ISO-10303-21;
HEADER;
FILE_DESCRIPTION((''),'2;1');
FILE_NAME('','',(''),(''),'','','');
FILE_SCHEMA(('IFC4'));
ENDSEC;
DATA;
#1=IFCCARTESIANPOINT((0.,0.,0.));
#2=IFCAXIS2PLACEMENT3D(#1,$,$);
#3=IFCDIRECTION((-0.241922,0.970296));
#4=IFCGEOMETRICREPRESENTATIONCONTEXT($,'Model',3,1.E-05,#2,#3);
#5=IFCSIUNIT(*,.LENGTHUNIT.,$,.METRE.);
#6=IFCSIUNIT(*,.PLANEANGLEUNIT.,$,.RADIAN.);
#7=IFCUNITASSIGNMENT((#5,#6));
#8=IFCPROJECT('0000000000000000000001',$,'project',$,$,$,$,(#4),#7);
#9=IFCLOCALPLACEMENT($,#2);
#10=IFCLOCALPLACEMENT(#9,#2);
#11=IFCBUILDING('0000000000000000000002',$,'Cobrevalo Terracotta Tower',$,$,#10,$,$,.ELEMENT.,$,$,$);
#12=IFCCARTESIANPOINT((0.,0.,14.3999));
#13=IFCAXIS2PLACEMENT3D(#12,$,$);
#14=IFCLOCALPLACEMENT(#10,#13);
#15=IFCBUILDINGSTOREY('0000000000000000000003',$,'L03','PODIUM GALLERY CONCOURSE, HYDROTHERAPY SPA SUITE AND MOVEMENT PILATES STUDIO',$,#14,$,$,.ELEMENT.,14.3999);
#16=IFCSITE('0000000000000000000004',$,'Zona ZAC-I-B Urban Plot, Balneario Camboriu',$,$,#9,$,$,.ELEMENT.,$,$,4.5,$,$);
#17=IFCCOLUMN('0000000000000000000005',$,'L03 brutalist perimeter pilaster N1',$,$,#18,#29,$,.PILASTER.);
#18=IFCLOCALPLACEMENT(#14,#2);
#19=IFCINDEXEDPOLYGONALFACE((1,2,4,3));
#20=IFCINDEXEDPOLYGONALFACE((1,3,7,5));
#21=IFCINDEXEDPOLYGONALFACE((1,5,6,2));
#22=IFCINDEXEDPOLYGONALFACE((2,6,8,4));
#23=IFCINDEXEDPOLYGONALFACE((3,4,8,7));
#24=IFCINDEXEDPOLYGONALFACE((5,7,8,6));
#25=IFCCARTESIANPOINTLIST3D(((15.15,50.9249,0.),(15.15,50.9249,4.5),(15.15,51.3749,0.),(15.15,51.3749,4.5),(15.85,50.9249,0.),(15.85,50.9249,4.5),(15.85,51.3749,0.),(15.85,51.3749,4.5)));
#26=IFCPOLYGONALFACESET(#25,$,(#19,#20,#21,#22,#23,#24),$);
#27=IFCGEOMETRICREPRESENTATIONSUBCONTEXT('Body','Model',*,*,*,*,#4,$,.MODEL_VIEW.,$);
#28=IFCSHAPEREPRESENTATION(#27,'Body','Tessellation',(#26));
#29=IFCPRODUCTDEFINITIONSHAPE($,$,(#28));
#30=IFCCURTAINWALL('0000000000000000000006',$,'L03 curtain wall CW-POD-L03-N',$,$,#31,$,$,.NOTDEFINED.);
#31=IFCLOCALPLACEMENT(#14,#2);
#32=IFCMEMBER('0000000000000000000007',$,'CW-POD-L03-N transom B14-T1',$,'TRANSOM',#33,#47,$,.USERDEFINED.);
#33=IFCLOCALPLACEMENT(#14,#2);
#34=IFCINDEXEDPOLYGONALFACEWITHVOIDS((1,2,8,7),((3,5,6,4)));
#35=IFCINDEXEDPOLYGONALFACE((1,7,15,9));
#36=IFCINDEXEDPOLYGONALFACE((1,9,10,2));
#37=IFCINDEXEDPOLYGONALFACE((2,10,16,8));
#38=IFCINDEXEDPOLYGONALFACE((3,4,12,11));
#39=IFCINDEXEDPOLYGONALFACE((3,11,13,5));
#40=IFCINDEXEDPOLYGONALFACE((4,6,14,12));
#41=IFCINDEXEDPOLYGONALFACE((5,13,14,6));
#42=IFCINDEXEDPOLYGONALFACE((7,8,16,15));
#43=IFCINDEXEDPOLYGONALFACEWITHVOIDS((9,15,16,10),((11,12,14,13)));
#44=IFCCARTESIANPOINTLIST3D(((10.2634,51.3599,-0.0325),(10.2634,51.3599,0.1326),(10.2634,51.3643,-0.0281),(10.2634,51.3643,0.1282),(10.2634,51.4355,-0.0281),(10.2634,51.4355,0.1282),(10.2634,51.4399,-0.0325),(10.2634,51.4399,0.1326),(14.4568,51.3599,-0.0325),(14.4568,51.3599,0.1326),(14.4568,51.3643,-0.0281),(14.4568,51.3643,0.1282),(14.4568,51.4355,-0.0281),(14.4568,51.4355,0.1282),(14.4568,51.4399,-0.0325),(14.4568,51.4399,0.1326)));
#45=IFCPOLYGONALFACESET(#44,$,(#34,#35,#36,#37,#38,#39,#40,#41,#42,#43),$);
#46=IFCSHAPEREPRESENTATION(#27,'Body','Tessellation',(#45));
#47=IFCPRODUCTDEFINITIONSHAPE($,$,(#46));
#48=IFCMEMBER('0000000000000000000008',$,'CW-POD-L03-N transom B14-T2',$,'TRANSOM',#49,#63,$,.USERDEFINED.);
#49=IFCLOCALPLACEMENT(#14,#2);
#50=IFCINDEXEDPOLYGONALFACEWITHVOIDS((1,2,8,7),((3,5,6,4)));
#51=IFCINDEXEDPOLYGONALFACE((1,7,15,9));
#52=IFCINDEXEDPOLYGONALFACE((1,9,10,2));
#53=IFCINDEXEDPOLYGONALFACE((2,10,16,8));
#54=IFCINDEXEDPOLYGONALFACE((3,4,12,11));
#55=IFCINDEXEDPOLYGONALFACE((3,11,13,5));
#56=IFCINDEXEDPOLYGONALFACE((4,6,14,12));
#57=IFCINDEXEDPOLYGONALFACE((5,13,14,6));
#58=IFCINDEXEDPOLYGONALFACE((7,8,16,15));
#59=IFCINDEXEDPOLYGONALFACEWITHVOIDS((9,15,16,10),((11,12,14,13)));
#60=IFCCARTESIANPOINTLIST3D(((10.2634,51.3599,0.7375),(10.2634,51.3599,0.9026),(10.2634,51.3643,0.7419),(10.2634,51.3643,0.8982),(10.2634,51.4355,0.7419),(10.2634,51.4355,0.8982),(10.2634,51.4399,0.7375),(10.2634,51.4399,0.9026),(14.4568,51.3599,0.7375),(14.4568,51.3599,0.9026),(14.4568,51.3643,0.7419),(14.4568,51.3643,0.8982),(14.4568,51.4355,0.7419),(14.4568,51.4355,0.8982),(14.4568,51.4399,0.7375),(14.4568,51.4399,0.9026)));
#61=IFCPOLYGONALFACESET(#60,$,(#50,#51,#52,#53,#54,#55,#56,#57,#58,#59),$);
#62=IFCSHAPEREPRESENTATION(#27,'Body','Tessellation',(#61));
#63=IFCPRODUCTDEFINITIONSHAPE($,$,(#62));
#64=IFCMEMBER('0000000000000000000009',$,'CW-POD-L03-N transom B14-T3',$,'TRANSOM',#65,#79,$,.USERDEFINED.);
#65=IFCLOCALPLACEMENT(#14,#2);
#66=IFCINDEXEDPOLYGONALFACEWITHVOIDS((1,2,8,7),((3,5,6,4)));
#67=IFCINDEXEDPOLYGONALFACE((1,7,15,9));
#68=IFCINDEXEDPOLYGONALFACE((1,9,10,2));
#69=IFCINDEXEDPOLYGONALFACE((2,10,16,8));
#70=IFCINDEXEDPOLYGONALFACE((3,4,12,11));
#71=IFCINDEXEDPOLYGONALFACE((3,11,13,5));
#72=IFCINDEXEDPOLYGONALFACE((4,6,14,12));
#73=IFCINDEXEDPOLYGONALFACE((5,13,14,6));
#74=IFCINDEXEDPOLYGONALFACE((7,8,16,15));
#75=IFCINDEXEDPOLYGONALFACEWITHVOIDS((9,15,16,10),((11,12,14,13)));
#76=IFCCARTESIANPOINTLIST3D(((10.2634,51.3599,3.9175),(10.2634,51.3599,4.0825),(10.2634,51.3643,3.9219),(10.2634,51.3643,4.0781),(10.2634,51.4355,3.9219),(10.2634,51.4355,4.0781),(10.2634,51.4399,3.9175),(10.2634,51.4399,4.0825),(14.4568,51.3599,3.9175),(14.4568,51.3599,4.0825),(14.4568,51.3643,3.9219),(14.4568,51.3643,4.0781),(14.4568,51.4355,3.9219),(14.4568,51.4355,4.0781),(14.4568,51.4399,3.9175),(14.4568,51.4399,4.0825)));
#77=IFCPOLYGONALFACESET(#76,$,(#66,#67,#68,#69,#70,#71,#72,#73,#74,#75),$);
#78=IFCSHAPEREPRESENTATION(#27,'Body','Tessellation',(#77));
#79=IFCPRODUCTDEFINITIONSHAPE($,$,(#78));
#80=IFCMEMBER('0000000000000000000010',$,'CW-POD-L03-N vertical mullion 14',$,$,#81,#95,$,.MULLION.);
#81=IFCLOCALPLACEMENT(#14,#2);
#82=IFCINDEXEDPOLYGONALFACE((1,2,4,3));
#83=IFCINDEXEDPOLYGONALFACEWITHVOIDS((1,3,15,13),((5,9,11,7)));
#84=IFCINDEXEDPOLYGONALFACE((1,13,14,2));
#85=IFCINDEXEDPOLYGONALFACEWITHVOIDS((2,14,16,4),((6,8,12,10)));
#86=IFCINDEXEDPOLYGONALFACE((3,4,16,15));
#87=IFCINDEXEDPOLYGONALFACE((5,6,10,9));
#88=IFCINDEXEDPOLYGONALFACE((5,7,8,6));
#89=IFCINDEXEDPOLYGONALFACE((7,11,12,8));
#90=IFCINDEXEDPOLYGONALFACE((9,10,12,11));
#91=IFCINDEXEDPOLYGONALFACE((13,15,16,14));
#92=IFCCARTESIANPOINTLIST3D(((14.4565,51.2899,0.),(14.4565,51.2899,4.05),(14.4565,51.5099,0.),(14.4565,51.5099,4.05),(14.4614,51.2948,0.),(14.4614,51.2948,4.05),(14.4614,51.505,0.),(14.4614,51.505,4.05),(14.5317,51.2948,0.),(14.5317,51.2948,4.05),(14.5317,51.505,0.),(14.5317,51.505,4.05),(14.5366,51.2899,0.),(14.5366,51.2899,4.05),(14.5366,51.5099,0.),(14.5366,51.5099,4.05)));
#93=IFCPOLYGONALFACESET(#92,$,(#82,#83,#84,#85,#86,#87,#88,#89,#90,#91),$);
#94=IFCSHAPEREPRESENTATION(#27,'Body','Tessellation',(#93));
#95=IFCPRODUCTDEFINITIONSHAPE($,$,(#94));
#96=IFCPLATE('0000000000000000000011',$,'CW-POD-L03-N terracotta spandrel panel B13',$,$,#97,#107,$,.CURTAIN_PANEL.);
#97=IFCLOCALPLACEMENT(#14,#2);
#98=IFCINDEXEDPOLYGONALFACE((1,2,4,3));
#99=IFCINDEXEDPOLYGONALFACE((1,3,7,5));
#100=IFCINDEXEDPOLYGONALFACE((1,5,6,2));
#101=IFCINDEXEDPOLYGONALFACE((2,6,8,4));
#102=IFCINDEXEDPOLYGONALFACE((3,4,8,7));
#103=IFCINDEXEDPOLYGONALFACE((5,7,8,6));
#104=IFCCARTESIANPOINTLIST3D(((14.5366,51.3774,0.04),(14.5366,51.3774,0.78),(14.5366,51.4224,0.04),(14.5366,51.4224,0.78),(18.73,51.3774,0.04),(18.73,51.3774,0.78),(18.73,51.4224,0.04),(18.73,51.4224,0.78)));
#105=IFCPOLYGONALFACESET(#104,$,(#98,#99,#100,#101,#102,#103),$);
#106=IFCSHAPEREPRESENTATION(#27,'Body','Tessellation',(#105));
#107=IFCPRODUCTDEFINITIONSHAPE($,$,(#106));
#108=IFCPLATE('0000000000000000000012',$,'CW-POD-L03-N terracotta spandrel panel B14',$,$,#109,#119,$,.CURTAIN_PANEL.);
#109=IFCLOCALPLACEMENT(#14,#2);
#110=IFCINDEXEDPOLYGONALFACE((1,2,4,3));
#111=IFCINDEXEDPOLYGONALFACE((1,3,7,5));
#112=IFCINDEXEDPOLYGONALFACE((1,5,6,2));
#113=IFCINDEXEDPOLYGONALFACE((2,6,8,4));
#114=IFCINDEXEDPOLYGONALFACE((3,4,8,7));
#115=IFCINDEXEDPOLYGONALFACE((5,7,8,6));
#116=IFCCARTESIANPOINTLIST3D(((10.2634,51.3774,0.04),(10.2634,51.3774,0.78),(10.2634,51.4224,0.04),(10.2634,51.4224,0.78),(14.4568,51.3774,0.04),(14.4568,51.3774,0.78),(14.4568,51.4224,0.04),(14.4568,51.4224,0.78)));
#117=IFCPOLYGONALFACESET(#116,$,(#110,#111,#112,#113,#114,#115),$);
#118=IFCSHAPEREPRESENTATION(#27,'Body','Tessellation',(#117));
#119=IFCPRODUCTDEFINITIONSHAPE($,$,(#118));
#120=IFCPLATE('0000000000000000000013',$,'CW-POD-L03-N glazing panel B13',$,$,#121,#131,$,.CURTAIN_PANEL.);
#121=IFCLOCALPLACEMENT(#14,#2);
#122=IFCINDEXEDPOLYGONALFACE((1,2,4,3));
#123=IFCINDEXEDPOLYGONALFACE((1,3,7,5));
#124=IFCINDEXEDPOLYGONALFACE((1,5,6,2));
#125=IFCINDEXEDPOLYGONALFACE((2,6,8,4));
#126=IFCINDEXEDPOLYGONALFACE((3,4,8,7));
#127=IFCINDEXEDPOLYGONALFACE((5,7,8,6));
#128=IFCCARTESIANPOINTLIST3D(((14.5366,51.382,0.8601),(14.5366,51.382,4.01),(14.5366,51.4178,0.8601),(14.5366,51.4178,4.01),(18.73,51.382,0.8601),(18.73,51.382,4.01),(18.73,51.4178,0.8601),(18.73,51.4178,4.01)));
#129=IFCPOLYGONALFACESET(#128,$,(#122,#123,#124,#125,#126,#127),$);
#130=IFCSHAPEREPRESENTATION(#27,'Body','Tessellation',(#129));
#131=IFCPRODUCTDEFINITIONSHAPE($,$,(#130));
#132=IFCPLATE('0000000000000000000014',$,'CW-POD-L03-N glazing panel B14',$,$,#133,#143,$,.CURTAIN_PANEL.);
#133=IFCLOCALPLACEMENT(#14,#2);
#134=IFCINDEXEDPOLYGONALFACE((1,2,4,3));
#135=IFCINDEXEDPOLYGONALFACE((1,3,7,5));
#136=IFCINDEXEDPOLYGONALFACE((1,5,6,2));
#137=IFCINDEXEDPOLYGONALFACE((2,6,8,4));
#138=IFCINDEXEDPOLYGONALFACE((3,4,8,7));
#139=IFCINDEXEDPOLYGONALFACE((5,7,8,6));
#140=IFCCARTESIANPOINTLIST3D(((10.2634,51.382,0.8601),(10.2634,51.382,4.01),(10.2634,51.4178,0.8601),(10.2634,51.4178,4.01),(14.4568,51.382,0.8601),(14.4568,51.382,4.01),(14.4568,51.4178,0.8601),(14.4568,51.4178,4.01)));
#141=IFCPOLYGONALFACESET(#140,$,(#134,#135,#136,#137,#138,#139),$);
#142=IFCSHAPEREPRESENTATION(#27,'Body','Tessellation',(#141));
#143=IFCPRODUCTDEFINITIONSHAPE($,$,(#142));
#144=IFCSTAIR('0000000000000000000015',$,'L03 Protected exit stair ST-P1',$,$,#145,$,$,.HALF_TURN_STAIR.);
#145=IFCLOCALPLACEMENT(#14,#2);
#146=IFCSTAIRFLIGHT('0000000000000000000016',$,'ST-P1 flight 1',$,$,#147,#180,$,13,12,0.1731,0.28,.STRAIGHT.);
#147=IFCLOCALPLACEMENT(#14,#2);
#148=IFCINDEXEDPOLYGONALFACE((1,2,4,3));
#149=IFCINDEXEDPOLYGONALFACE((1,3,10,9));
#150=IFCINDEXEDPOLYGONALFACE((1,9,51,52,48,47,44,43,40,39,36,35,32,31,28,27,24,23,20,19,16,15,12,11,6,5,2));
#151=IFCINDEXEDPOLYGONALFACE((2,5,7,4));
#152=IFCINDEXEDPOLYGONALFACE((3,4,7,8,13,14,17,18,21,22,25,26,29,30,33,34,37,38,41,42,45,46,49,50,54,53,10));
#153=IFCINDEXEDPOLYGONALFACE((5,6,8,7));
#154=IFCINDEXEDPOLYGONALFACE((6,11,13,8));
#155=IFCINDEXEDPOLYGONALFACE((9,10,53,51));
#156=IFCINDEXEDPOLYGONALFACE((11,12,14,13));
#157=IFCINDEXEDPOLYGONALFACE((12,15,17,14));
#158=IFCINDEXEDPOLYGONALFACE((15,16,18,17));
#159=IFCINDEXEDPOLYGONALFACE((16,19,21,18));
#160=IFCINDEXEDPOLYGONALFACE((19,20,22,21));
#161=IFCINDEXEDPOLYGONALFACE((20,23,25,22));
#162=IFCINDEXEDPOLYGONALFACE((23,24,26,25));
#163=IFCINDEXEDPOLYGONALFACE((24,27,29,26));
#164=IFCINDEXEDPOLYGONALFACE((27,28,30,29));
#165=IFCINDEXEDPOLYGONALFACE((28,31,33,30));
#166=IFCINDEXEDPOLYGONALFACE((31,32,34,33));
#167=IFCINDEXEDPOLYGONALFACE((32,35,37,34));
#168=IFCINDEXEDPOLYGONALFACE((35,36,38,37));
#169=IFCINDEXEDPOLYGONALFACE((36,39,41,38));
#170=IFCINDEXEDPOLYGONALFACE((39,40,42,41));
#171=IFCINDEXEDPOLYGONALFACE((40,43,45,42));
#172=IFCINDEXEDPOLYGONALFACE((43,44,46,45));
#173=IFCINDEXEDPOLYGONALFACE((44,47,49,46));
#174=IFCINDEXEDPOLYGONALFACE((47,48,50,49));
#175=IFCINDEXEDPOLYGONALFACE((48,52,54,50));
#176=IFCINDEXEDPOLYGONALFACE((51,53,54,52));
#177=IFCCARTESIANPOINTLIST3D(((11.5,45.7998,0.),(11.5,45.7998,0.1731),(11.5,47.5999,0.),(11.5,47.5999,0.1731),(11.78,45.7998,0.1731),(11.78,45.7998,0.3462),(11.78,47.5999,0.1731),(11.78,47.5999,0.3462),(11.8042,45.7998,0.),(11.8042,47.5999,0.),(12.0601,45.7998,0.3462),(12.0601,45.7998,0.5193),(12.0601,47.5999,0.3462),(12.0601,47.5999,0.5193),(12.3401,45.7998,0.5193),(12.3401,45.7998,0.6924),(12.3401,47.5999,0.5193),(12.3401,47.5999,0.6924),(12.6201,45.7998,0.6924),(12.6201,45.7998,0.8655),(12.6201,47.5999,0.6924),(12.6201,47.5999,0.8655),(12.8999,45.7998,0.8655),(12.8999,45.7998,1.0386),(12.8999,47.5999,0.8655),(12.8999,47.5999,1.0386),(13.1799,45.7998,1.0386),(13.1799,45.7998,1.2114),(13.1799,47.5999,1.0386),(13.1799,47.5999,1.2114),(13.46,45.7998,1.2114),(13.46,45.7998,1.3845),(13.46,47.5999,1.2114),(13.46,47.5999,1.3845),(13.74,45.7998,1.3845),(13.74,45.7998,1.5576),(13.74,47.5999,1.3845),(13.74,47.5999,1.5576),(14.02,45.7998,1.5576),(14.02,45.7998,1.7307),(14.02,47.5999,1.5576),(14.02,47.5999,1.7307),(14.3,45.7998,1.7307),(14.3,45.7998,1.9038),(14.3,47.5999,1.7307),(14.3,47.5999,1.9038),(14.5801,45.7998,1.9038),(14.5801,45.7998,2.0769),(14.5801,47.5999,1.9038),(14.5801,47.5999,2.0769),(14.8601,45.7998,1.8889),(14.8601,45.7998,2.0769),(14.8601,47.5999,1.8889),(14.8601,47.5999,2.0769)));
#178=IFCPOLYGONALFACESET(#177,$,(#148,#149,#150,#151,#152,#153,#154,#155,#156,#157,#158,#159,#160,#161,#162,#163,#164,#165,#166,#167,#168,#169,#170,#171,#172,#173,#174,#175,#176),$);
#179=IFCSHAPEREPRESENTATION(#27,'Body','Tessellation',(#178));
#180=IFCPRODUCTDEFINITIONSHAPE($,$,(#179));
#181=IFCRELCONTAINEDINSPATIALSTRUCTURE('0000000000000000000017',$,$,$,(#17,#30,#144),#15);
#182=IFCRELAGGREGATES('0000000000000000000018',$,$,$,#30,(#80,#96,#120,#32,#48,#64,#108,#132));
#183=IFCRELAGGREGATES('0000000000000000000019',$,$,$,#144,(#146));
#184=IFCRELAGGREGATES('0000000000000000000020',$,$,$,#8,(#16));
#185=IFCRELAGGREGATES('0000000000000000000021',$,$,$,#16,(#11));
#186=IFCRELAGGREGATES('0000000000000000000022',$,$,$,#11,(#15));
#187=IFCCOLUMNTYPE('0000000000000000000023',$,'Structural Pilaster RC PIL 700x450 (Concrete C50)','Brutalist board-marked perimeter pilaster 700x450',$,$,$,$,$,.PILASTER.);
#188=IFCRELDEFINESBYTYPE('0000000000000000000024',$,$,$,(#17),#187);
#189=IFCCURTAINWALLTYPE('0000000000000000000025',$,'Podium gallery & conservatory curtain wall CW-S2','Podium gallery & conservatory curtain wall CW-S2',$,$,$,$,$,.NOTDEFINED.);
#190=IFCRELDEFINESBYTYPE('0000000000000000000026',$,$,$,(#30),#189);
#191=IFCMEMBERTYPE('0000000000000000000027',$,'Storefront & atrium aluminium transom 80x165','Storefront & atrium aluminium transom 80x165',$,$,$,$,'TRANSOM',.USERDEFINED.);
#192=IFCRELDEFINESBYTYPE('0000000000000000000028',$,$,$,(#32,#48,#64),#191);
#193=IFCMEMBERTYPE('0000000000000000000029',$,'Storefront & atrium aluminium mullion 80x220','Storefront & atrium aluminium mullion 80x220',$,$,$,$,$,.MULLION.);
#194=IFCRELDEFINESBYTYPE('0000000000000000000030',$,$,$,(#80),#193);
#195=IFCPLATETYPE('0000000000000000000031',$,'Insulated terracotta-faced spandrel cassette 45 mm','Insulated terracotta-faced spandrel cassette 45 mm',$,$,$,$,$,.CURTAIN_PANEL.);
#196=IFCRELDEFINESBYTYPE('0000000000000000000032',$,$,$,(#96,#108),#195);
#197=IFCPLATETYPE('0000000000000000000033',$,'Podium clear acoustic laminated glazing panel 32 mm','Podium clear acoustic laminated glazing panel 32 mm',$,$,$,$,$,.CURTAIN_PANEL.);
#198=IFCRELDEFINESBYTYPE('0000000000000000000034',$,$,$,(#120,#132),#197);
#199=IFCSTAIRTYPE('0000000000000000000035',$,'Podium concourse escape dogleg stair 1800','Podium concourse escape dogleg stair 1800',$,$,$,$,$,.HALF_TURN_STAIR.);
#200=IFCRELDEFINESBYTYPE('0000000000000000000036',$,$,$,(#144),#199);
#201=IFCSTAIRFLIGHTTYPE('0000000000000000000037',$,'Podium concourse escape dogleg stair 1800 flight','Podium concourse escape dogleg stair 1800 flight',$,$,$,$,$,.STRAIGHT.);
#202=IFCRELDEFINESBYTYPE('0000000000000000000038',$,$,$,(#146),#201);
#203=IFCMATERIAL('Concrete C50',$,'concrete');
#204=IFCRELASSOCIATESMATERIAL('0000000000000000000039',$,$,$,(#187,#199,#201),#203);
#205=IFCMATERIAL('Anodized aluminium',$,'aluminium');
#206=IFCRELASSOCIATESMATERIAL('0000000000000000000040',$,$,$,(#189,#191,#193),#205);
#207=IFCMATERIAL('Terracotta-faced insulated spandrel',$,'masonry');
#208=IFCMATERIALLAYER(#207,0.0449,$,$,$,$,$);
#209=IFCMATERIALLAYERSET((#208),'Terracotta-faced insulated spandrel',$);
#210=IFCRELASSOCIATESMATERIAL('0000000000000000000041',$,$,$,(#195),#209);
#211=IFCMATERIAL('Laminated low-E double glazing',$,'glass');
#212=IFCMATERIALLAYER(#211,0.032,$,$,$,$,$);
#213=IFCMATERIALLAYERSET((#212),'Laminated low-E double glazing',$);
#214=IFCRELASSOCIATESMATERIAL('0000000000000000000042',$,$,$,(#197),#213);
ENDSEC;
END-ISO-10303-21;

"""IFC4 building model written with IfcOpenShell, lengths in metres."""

from ifc_helpers import new_model, si_unit, direction, frame, origin, origin_2d, place, context, subcontext, project, spatial, polyline, rectangle, hollow_rectangle, outline, extrude, source, transform, mapped, material, layer, layer_set, material_profile, profile_set, type_object, element, aggregate, save


model = new_model("IFC4")

# Units and contexts
model_context = context("Model", 3, precision=1e-05, world=origin(), true_north=direction((-0.241922, 0.970296)))
body_context = subcontext(model_context, "Body", "Model", "MODEL_VIEW")
ifc_project = project(units=[si_unit("LENGTHUNIT", "METRE"), si_unit("PLANEANGLEUNIT", "RADIAN")], contexts=[model_context])

# Site, building, storey
site_placement = place(None, origin())
site = spatial("IfcSite", under=ifc_project, at=site_placement, Name="Zona ZAC-I-B Urban Plot, Balneario Camboriu", CompositionType="ELEMENT", RefElevation=4.5)
building_placement = place(site_placement, origin())
building = spatial("IfcBuilding", under=site, at=building_placement, Name="Cobrevalo Terracotta Tower", CompositionType="ELEMENT")
storey_placement = place(building_placement, frame((0.0, 0.0, 14.3999)))
storey = spatial("IfcBuildingStorey", under=building, at=storey_placement, Name="L03", Description="PODIUM GALLERY CONCOURSE, HYDROTHERAPY SPA SUITE AND MOVEMENT PILATES STUDIO", CompositionType="ELEMENT", Elevation=14.3999)

# Column
ifc_material_1 = material(Name="Concrete C50", Category="concrete")
ifc_material_profile_1 = material_profile(ifc_material_1, rectangle(XDim=0.7, YDim=0.45, at=origin_2d()), Name="RC PIL 700x450")
ifc_profile_set_1 = profile_set([ifc_material_profile_1], Name="Concrete C50")
column_type = type_object("IfcColumnType", Name="Structural Pilaster RC PIL 700x450 (Concrete C50)", Description="Brutalist board-marked perimeter pilaster 700x450", PredefinedType="PILASTER", material=ifc_profile_set_1)
column_placement = place(storey_placement, frame((15.5, 51.1499, 0.0), z_axis=(0.0, 0.0, 1.0), x_axis=(1.0, 0.0, 0.0)))
element("IfcColumn", 1, at=column_placement, inside=storey, type_object=column_type, Name="L03 brutalist perimeter pilaster N1", PredefinedType="PILASTER", context=body_context, shape_type="SweptSolid", body=[
    extrude(rectangle(XDim=0.7, YDim=0.45, at=origin_2d()), origin(), (0.0, 0.0, 1.0), 4.5),
])

# Curtain wall, members, plates
ifc_material_2 = material(Name="Anodized aluminium", Category="aluminium")
curtain_wall_type = type_object("IfcCurtainWallType", Name="Podium gallery & conservatory curtain wall CW-S2", Description="Podium gallery & conservatory curtain wall CW-S2", PredefinedType="NOTDEFINED", material=ifc_material_2)
curtain_wall_placement = place(storey_placement, origin())
curtain_wall = element("IfcCurtainWall", 2, at=curtain_wall_placement, inside=storey, type_object=curtain_wall_type, Name="L03 curtain wall CW-POD-L03-N", PredefinedType="NOTDEFINED")
ifc_material_profile_2 = material_profile(ifc_material_2, hollow_rectangle(XDim=0.0801, YDim=0.165, WallThickness=0.0044, at=origin_2d()), Name="CWT 80x165")
ifc_profile_set_2 = profile_set([ifc_material_profile_2], Name="Anodized aluminium")
member_type_1 = type_object("IfcMemberType", Name="Storefront & atrium aluminium transom 80x165", Description="Storefront & atrium aluminium transom 80x165", ElementType="TRANSOM", PredefinedType="USERDEFINED", material=ifc_profile_set_2)
shared_shape_1 = source(origin(), body_context, "Body", "SweptSolid", [
    extrude(hollow_rectangle(XDim=0.0801, YDim=0.165, WallThickness=0.0044, at=origin_2d()), origin(), (0.0, 0.0, 1.0), 4.1934),
])
member_1_placement = place(storey_placement, frame((14.4568, 51.3999, 0.05), z_axis=(-1.0, 0.0, 0.0), x_axis=(0.0, -1.0, 0.0)))
member_1 = element("IfcMember", 3, at=member_1_placement, type_object=member_type_1, Name="CW-POD-L03-N transom B14-T1", ObjectType="TRANSOM", PredefinedType="USERDEFINED", context=body_context, shape_type="MappedRepresentation", body=[
    mapped(shared_shape_1, transform((0.0, 0.0, 0.0), scale=1.0)),
])
member_2_placement = place(storey_placement, frame((14.4568, 51.3999, 0.8201), z_axis=(-1.0, 0.0, 0.0), x_axis=(0.0, -1.0, 0.0)))
member_2 = element("IfcMember", 4, at=member_2_placement, type_object=member_type_1, Name="CW-POD-L03-N transom B14-T2", ObjectType="TRANSOM", PredefinedType="USERDEFINED", context=body_context, shape_type="MappedRepresentation", body=[
    mapped(shared_shape_1, transform((0.0, 0.0, 0.0), scale=1.0)),
])
member_3_placement = place(storey_placement, frame((14.4568, 51.3999, 4.0), z_axis=(-1.0, 0.0, 0.0), x_axis=(0.0, -1.0, 0.0)))
member_3 = element("IfcMember", 5, at=member_3_placement, type_object=member_type_1, Name="CW-POD-L03-N transom B14-T3", ObjectType="TRANSOM", PredefinedType="USERDEFINED", context=body_context, shape_type="MappedRepresentation", body=[
    mapped(shared_shape_1, transform((0.0, 0.0, 0.0), scale=1.0)),
])
ifc_material_profile_3 = material_profile(ifc_material_2, hollow_rectangle(XDim=0.0801, YDim=0.22, WallThickness=0.0049, at=origin_2d()), Name="CWM 80x220")
ifc_profile_set_3 = profile_set([ifc_material_profile_3], Name="Anodized aluminium")
member_type_2 = type_object("IfcMemberType", Name="Storefront & atrium aluminium mullion 80x220", Description="Storefront & atrium aluminium mullion 80x220", PredefinedType="MULLION", material=ifc_profile_set_3)
shared_shape_2 = source(origin(), body_context, "Body", "SweptSolid", [
    extrude(hollow_rectangle(XDim=0.0801, YDim=0.22, WallThickness=0.0049, at=origin_2d()), origin(), (0.0, 0.0, 1.0), 4.05),
])
member_4_placement = place(storey_placement, frame((14.4966, 51.3999, 0.0), z_axis=(0.0, 0.0, 1.0), x_axis=(-1.0, 0.0, 0.0)))
member_4 = element("IfcMember", 6, at=member_4_placement, type_object=member_type_2, Name="CW-POD-L03-N vertical mullion 14", PredefinedType="MULLION", context=body_context, shape_type="MappedRepresentation", body=[
    mapped(shared_shape_2, transform((0.0, 0.0, 0.0), scale=1.0)),
])
ifc_material_3 = material(Name="Terracotta-faced insulated spandrel", Category="masonry")
ifc_layer_1 = layer(ifc_material_3, 0.0449)
ifc_layer_set_1 = layer_set([ifc_layer_1], Name="Terracotta-faced insulated spandrel")
plate_type_1 = type_object("IfcPlateType", Name="Insulated terracotta-faced spandrel cassette 45 mm", Description="Insulated terracotta-faced spandrel cassette 45 mm", PredefinedType="CURTAIN_PANEL", material=ifc_layer_set_1)
shared_shape_3 = source(origin(), body_context, "Body", "SweptSolid", [
    extrude(rectangle(XDim=4.1934, YDim=0.0449, at=origin_2d()), origin(), (0.0, 0.0, 1.0), 0.74),
])
plate_1_placement = place(storey_placement, frame((16.6333, 51.3999, 0.04), z_axis=(0.0, 0.0, 1.0), x_axis=(-1.0, 0.0, 0.0)))
plate_1 = element("IfcPlate", 7, at=plate_1_placement, type_object=plate_type_1, Name="CW-POD-L03-N terracotta spandrel panel B13", PredefinedType="CURTAIN_PANEL", context=body_context, shape_type="MappedRepresentation", body=[
    mapped(shared_shape_3, transform((0.0, 0.0, 0.0), scale=1.0)),
])
plate_2_placement = place(storey_placement, frame((12.3601, 51.3999, 0.04), z_axis=(0.0, 0.0, 1.0), x_axis=(-1.0, 0.0, 0.0)))
plate_2 = element("IfcPlate", 8, at=plate_2_placement, type_object=plate_type_1, Name="CW-POD-L03-N terracotta spandrel panel B14", PredefinedType="CURTAIN_PANEL", context=body_context, shape_type="MappedRepresentation", body=[
    mapped(shared_shape_3, transform((0.0, 0.0, 0.0), scale=1.0)),
])
ifc_material_4 = material(Name="Laminated low-E double glazing", Category="glass")
ifc_layer_2 = layer(ifc_material_4, 0.032)
ifc_layer_set_2 = layer_set([ifc_layer_2], Name="Laminated low-E double glazing")
plate_type_2 = type_object("IfcPlateType", Name="Podium clear acoustic laminated glazing panel 32 mm", Description="Podium clear acoustic laminated glazing panel 32 mm", PredefinedType="CURTAIN_PANEL", material=ifc_layer_set_2)
shared_shape_4 = source(origin(), body_context, "Body", "SweptSolid", [
    extrude(rectangle(XDim=4.1934, YDim=0.0359, at=origin_2d()), origin(), (0.0, 0.0, 1.0), 3.1499),
])
plate_3_placement = place(storey_placement, frame((16.6333, 51.3999, 0.8601), z_axis=(0.0, 0.0, 1.0), x_axis=(-1.0, 0.0, 0.0)))
plate_3 = element("IfcPlate", 9, at=plate_3_placement, type_object=plate_type_2, Name="CW-POD-L03-N glazing panel B13", PredefinedType="CURTAIN_PANEL", context=body_context, shape_type="MappedRepresentation", body=[
    mapped(shared_shape_4, transform((0.0, 0.0, 0.0), scale=1.0)),
])
plate_4_placement = place(storey_placement, frame((12.3601, 51.3999, 0.8601), z_axis=(0.0, 0.0, 1.0), x_axis=(-1.0, 0.0, 0.0)))
plate_4 = element("IfcPlate", 10, at=plate_4_placement, type_object=plate_type_2, Name="CW-POD-L03-N glazing panel B14", PredefinedType="CURTAIN_PANEL", context=body_context, shape_type="MappedRepresentation", body=[
    mapped(shared_shape_4, transform((0.0, 0.0, 0.0), scale=1.0)),
])
aggregate(curtain_wall, [member_4, plate_1, plate_3, member_1, member_2, member_3, plate_2, plate_4])

# Stair, stair flight
stair_type = type_object("IfcStairType", Name="Podium concourse escape dogleg stair 1800", Description="Podium concourse escape dogleg stair 1800", PredefinedType="HALF_TURN_STAIR", material=ifc_material_1)
stair_placement = place(storey_placement, origin())
stair = element("IfcStair", 11, at=stair_placement, inside=storey, type_object=stair_type, Name="L03 Protected exit stair ST-P1", PredefinedType="HALF_TURN_STAIR")
stair_flight_type = type_object("IfcStairFlightType", Name="Podium concourse escape dogleg stair 1800 flight", Description="Podium concourse escape dogleg stair 1800 flight", PredefinedType="STRAIGHT", material=ifc_material_1)
stair_flight_1_placement = place(storey_placement, frame((11.5, 46.7, 0.0), z_axis=(0.0, 0.0, 1.0), x_axis=(1.0, 0.0, 0.0)))
stair_flight_1 = element("IfcStairFlight", 12, at=stair_flight_1_placement, type_object=stair_flight_type, Name="ST-P1 flight 1", NumberOfRisers=13, NumberOfTreads=12, PredefinedType="STRAIGHT", RiserHeight=0.1731, TreadLength=0.28, context=body_context, shape_type="SweptSolid", body=[
    extrude(outline(polyline([(0.0, 0.0), (0.0, 0.1731), (0.28, 0.1731), (0.28, 0.3462), (0.5601, 0.3462), (0.5601, 0.5193), (0.8401, 0.5193), (0.8401, 0.6924), (1.1201, 0.6924), (1.1201, 0.8655), (1.3999, 0.8655), (1.3999, 1.0386), (1.6799, 1.0386), (1.6799, 1.2114), (1.96, 1.2114), (1.96, 1.3845), (2.24, 1.3845), (2.24, 1.5576), (2.52, 1.5576), (2.52, 1.7307), (2.8, 1.7307), (2.8, 1.9038), (3.0801, 1.9038), (3.0801, 2.0769), (3.3601, 2.0769), (3.3601, 2.25), (3.3601, 1.8889), (0.3042, 0.0), (0.0, 0.0)])), frame((0.0, 0.8999, 0.0), z_axis=(0.0, -1.0, 0.0), x_axis=(1.0, 0.0, 0.0)), (0.0, 0.0, 1.0), 1.8),
])
aggregate(stair, [stair_flight_1])

save(model, "model.ifc")
